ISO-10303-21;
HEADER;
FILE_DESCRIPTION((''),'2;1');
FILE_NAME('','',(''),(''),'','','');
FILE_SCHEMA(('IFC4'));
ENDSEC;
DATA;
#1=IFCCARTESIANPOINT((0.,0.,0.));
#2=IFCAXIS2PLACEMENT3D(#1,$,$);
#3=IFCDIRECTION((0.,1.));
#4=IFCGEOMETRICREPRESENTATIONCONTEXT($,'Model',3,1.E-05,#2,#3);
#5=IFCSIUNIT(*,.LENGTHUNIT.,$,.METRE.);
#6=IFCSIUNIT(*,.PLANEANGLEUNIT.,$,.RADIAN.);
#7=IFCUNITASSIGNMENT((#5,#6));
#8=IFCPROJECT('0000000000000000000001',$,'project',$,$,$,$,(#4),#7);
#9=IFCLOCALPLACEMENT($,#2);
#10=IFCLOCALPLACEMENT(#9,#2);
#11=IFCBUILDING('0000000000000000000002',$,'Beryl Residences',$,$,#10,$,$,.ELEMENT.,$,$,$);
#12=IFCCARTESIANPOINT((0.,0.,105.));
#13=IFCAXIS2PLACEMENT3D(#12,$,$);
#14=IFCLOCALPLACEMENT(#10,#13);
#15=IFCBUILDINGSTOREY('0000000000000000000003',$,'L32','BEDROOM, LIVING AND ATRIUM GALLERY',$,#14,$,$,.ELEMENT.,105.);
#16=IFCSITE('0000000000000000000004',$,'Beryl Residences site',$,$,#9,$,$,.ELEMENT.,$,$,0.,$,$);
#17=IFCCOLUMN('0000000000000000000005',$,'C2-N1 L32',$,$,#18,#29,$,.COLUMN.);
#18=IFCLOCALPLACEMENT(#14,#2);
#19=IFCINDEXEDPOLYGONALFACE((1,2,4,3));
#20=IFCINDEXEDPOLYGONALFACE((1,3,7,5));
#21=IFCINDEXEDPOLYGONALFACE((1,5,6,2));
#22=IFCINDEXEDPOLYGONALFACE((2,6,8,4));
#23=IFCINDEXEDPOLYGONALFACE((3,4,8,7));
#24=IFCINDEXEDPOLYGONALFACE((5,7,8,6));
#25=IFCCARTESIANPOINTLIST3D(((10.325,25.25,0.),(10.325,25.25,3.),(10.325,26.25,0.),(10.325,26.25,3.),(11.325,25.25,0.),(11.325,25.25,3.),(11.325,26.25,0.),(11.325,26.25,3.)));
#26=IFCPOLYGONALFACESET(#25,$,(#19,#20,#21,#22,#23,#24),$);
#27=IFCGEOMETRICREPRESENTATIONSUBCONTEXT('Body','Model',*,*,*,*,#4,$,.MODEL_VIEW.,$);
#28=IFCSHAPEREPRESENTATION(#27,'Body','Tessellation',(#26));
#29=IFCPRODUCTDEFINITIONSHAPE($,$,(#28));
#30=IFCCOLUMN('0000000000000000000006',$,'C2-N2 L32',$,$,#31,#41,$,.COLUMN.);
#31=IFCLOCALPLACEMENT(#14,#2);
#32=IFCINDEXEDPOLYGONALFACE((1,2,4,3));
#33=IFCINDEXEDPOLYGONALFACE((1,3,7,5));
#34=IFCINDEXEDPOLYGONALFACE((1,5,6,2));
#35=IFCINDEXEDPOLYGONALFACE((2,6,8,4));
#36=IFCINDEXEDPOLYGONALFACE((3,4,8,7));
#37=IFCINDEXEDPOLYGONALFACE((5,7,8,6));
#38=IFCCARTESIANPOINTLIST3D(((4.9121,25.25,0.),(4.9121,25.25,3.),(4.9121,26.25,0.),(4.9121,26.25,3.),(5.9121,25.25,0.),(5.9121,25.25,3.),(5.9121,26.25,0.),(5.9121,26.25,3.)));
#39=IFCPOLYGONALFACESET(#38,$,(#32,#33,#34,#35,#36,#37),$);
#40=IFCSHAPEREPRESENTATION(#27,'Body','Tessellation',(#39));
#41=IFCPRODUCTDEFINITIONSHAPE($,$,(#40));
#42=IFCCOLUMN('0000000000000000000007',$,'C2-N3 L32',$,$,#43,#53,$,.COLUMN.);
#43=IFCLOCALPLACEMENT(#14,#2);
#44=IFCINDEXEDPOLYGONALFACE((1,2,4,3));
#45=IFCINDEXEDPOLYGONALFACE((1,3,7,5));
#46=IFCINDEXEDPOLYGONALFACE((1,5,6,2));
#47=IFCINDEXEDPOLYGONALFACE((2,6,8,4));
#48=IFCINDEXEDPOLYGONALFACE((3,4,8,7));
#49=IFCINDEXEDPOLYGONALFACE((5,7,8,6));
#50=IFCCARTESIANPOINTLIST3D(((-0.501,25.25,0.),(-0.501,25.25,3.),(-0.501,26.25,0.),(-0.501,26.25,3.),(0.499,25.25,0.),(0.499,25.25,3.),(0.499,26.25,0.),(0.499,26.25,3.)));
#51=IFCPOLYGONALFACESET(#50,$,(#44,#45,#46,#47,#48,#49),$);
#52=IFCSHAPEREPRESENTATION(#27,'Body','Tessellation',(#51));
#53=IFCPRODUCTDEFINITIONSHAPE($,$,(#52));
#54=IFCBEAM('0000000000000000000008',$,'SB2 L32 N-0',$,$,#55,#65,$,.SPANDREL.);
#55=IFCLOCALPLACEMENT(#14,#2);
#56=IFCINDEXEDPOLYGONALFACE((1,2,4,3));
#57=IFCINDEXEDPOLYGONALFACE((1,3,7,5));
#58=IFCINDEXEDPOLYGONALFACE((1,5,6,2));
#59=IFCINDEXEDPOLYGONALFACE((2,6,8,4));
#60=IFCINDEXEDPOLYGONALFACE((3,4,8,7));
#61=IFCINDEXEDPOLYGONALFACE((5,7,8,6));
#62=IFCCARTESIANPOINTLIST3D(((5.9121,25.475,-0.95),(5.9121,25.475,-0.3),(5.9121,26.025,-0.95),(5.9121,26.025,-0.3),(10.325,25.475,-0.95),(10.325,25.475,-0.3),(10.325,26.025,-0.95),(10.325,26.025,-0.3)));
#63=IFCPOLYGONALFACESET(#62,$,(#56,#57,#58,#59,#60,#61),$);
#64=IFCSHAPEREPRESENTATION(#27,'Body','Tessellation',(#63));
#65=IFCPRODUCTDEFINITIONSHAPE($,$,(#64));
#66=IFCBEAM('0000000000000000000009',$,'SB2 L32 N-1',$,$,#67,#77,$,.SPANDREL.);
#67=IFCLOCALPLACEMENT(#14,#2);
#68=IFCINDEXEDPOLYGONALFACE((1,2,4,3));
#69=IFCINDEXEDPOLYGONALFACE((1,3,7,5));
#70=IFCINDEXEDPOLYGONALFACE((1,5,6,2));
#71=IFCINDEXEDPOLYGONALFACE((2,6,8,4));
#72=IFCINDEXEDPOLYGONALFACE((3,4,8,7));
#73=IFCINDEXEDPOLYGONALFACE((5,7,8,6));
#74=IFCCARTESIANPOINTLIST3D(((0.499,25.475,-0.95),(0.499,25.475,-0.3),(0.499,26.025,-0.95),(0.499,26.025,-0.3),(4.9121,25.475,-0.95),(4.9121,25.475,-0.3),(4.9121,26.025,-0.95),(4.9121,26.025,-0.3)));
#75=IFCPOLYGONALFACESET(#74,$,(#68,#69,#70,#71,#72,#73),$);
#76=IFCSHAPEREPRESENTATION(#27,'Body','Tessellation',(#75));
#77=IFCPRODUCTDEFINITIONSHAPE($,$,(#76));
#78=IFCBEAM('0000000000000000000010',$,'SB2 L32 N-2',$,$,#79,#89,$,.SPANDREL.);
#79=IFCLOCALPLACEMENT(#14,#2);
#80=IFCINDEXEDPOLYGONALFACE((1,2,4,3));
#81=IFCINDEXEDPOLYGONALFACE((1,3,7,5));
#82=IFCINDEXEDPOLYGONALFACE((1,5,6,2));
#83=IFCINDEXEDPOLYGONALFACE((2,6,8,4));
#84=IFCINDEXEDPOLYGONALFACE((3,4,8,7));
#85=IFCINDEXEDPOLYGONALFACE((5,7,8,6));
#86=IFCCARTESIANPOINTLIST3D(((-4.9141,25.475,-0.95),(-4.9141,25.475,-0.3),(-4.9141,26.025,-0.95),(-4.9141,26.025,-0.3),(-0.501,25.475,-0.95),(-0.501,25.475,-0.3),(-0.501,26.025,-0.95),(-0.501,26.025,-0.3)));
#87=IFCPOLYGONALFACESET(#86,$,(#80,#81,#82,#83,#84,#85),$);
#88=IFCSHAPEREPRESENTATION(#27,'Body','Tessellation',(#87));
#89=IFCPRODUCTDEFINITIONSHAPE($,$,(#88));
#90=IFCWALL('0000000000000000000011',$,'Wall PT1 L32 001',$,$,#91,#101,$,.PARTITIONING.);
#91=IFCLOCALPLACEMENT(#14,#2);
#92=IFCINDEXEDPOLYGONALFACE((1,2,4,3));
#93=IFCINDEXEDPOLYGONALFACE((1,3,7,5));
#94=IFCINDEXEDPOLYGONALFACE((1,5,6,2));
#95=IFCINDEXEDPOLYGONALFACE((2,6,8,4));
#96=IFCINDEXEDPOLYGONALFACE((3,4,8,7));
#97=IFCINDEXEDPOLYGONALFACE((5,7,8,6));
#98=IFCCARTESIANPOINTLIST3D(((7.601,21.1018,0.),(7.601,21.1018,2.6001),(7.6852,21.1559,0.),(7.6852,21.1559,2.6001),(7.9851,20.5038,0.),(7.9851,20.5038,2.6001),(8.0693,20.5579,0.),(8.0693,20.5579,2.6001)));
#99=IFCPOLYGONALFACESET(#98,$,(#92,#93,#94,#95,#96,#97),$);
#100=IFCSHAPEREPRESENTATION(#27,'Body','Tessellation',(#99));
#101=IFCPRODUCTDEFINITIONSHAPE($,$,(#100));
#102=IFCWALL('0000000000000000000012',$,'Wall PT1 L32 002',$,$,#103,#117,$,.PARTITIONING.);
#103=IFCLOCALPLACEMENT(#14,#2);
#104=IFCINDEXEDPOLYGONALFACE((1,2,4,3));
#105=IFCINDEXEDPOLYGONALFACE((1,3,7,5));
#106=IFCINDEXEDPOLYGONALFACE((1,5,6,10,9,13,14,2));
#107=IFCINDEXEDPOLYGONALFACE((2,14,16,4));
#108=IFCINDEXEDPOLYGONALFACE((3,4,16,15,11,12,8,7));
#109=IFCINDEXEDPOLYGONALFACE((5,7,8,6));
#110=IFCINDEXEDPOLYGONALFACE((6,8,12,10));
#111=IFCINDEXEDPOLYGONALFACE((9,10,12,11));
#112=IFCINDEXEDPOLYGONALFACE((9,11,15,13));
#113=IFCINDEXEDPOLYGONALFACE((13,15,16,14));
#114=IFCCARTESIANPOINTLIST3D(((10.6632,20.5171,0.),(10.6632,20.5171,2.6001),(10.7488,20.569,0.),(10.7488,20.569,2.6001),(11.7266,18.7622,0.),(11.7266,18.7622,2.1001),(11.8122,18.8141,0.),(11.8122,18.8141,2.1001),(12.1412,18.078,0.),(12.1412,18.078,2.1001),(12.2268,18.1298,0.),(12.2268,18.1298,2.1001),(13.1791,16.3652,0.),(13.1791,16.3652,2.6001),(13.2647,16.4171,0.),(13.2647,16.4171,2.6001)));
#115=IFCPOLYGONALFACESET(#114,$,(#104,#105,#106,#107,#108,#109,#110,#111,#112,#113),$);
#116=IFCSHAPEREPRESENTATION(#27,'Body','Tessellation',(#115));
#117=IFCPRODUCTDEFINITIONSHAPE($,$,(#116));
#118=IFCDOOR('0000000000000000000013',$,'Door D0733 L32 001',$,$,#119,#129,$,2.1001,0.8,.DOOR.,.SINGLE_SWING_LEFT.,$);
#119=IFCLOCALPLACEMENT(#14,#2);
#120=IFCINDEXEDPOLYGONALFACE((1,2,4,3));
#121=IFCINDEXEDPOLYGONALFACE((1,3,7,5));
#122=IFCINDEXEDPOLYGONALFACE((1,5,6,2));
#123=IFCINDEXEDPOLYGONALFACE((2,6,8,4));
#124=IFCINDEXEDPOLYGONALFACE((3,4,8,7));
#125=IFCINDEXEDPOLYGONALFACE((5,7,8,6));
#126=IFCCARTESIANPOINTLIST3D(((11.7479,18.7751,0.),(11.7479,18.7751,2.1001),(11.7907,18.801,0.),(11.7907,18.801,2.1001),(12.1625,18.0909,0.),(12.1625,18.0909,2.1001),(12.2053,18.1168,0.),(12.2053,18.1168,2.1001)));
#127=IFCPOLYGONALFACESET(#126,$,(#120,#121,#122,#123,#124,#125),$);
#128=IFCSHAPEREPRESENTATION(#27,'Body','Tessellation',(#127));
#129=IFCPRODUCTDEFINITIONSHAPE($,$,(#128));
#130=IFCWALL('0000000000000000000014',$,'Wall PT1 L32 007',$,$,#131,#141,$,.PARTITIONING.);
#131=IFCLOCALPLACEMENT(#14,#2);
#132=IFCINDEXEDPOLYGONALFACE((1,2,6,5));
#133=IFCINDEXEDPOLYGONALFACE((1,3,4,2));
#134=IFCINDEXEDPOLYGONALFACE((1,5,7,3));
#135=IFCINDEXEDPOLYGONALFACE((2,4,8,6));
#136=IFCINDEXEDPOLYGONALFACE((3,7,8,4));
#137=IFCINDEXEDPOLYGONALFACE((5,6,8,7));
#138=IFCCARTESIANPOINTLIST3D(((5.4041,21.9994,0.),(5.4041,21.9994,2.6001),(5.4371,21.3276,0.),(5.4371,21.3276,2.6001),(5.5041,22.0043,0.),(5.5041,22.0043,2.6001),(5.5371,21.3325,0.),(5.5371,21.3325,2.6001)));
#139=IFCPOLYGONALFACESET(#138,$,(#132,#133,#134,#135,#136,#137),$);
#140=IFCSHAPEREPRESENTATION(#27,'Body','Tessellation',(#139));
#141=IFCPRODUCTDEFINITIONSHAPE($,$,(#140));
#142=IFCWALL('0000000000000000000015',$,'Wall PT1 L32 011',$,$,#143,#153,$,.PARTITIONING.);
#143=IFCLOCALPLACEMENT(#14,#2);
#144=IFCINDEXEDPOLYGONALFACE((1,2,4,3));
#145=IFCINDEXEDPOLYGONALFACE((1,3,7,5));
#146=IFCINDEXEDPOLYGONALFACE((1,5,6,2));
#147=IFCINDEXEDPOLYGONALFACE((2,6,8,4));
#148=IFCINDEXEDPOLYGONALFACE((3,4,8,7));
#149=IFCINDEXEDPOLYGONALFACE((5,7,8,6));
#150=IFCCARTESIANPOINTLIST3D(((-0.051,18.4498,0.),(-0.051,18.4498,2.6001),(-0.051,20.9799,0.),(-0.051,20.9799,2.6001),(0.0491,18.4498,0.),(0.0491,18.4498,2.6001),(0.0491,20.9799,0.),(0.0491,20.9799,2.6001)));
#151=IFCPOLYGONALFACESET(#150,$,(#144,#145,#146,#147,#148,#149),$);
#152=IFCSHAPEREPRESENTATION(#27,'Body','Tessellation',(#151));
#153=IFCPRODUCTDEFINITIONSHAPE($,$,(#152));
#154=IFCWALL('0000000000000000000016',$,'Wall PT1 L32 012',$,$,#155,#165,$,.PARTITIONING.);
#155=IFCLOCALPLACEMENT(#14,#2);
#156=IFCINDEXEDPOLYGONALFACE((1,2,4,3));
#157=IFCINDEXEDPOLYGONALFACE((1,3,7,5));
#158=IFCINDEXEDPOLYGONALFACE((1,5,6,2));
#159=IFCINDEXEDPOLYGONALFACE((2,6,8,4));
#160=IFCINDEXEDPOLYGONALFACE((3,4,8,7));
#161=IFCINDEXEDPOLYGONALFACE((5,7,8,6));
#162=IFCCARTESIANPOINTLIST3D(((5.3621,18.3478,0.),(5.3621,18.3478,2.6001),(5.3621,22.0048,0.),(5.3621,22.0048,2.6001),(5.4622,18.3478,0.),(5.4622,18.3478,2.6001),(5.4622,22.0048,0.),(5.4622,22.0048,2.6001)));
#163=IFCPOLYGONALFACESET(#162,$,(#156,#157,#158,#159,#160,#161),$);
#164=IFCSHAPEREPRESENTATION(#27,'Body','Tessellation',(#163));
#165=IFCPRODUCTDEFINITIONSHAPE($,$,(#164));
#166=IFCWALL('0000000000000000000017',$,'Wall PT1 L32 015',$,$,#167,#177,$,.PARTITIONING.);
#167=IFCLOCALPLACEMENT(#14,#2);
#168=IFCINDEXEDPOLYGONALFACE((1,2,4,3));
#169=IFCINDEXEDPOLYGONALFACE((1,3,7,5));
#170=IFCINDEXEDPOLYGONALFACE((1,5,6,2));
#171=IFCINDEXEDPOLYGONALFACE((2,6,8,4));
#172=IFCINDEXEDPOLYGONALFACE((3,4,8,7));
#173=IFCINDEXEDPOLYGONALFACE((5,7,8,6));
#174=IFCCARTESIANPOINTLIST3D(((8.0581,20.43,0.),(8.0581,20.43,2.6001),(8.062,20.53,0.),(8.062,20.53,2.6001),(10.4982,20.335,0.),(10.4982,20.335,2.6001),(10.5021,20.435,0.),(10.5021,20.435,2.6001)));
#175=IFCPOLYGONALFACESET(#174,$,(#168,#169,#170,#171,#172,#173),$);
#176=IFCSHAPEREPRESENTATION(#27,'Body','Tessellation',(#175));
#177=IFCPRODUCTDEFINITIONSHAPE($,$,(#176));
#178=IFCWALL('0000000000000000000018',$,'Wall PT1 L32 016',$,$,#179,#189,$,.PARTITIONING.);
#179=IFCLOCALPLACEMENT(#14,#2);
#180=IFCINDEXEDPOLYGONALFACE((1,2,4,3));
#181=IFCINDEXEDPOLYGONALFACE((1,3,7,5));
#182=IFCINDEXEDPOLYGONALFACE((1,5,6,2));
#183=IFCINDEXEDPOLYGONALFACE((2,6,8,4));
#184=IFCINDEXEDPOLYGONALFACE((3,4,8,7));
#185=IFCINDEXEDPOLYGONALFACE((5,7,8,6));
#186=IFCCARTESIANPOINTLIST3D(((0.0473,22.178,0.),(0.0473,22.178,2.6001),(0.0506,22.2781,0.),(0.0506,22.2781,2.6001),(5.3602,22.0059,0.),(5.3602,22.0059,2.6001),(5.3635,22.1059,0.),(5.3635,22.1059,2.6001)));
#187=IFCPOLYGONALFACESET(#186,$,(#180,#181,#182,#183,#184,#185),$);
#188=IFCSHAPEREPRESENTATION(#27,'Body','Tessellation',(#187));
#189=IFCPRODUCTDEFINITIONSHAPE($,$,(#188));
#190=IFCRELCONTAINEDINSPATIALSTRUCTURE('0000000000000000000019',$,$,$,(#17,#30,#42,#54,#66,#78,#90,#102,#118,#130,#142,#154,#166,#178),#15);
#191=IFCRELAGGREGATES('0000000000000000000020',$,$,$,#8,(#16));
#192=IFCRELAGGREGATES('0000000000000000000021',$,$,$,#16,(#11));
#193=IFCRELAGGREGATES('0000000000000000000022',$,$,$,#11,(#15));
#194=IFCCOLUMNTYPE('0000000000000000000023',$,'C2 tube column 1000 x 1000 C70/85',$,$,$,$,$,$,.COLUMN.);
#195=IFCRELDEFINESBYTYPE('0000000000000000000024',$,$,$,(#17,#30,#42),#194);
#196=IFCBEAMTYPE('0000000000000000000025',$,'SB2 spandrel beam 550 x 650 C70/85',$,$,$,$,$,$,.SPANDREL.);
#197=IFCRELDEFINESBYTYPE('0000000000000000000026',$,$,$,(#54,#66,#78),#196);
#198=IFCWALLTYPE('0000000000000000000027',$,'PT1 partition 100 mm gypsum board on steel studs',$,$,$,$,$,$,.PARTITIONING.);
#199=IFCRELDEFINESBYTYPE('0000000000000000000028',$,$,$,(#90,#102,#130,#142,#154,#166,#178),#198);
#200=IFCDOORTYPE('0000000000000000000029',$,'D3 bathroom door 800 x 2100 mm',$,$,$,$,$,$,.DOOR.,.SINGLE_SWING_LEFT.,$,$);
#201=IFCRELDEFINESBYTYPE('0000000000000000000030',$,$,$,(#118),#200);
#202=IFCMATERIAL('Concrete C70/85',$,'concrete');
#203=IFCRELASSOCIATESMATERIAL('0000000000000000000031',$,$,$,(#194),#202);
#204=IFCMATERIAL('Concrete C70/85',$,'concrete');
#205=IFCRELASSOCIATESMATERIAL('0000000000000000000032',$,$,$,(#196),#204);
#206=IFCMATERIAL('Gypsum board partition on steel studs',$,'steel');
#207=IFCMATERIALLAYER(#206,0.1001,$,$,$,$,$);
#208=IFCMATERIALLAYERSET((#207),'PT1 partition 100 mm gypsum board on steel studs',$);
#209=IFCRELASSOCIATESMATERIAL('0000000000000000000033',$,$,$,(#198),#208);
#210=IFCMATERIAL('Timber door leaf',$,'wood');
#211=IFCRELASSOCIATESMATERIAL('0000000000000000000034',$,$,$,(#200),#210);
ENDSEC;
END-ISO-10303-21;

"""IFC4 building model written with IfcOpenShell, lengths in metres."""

from ifc_helpers import new_model, si_unit, direction, frame, frame_2d, origin, origin_2d, place, context, subcontext, project, spatial, rectangle, extrude, material, layer, layer_set, material_profile, profile_set, type_object, element, fill, save


model = new_model("IFC4")

# Units and contexts
model_context = context("Model", 3, precision=1e-05, world=origin(), true_north=direction((0.0, 1.0)))
body_context = subcontext(model_context, "Body", "Model", "MODEL_VIEW")
ifc_project = project(units=[si_unit("LENGTHUNIT", "METRE"), si_unit("PLANEANGLEUNIT", "RADIAN")], contexts=[model_context])

# Site, building, storey
site_placement = place(None, origin())
site = spatial("IfcSite", under=ifc_project, at=site_placement, Name="Beryl Residences site", CompositionType="ELEMENT", RefElevation=0.0)
building_placement = place(site_placement, origin())
building = spatial("IfcBuilding", under=site, at=building_placement, Name="Beryl Residences", CompositionType="ELEMENT")
storey_placement = place(building_placement, frame((0.0, 0.0, 105.0)))
storey = spatial("IfcBuildingStorey", under=building, at=storey_placement, Name="L32", Description="BEDROOM, LIVING AND ATRIUM GALLERY", CompositionType="ELEMENT", Elevation=105.0)

# Columns
ifc_material_1 = material(Name="Concrete C70/85", Category="concrete")
ifc_material_profile_1 = material_profile(ifc_material_1, rectangle(XDim=1.0, YDim=1.0, at=origin_2d()))
ifc_profile_set_1 = profile_set([ifc_material_profile_1], Name="Concrete C70/85")
column_type = type_object("IfcColumnType", Name="C2 tube column 1000 x 1000 C70/85", PredefinedType="COLUMN", material=ifc_profile_set_1)
for number, where, z_axis, x_axis, name in (
    (1, (10.825, 25.75, 0.0), (0.0, 0.0, 1.0), (-1.0, 0.0, 0.0), "C2-N1 L32"),
    (2, (5.4121, 25.75, 0.0), (0.0, 0.0, 1.0), (-1.0, 0.0, 0.0), "C2-N2 L32"),
    (3, (-0.001, 25.75, 0.0), (0.0, 0.0, 1.0), (-1.0, 0.0, 0.0), "C2-N3 L32"),
):
    element("IfcColumn", number, at=place(storey_placement, frame(where, z_axis=z_axis, x_axis=x_axis)), inside=storey, type_object=column_type, Name=name, PredefinedType="COLUMN", context=body_context, shape_type="SweptSolid", body=[
        extrude(rectangle(XDim=1.0, YDim=1.0, at=origin_2d()), origin(), (0.0, 0.0, 1.0), 3.0),
    ])

# Beams
ifc_material_2 = material(Name="Concrete C70/85", Category="concrete")
ifc_material_profile_2 = material_profile(ifc_material_2, rectangle(XDim=0.55, YDim=0.6499, at=origin_2d()))
ifc_profile_set_2 = profile_set([ifc_material_profile_2], Name="Concrete C70/85")
beam_type = type_object("IfcBeamType", Name="SB2 spandrel beam 550 x 650 C70/85", PredefinedType="SPANDREL", material=ifc_profile_set_2)
beam_placement = place(storey_placement, frame((10.325, 25.75, -0.625), z_axis=(-1.0, 0.0, 0.0), x_axis=(0.0, -1.0, 0.0)))
element("IfcBeam", 4, at=beam_placement, inside=storey, type_object=beam_type, Name="SB2 L32 N-0", PredefinedType="SPANDREL", context=body_context, shape_type="SweptSolid", body=[
    extrude(rectangle(XDim=0.55, YDim=0.6499, at=origin_2d()), origin(), (0.0, 0.0, 1.0), 4.4128),
])
for number, where, z_axis, x_axis, name in (
    (5, (4.9121, 25.75, -0.625), (-1.0, 0.0, 0.0), (0.0, -1.0, 0.0), "SB2 L32 N-1"),
    (6, (-0.501, 25.75, -0.625), (-1.0, 0.0, 0.0), (0.0, -1.0, 0.0), "SB2 L32 N-2"),
):
    element("IfcBeam", number, at=place(storey_placement, frame(where, z_axis=z_axis, x_axis=x_axis)), inside=storey, type_object=beam_type, Name=name, PredefinedType="SPANDREL", context=body_context, shape_type="SweptSolid", body=[
        extrude(rectangle(XDim=0.55, YDim=0.6499, at=origin_2d()), origin(), (0.0, 0.0, 1.0), 4.4131),
    ])

# Wall
ifc_material_3 = material(Name="Gypsum board partition on steel studs", Category="steel")
ifc_layer_1 = layer(ifc_material_3, 0.1001)
ifc_layer_set_1 = layer_set([ifc_layer_1], Name="PT1 partition 100 mm gypsum board on steel studs")
wall_type_1 = type_object("IfcWallType", Name="PT1 partition 100 mm gypsum board on steel studs", PredefinedType="PARTITIONING", material=ifc_layer_set_1)
wall_1_placement = place(storey_placement, frame((7.6431, 21.1289, 0.0), z_axis=(0.0, 0.0, 1.0), x_axis=(0.540428, -0.841391, 0.0)))
element("IfcWall", 7, at=wall_1_placement, inside=storey, type_object=wall_type_1, Name="Wall PT1 L32 001", PredefinedType="PARTITIONING", context=body_context, shape_type="SweptSolid", body=[
    extrude(rectangle(XDim=0.7107, YDim=0.1001, at=frame_2d((0.3555, 0.0))), origin(), (0.0, 0.0, 1.0), 2.6001),
])

# Wall, opening, door
wall_2_placement = place(storey_placement, frame((10.7061, 20.543, 0.0), z_axis=(0.0, 0.0, 1.0), x_axis=(0.51824, -0.855235, 0.0)))
wall_2 = element("IfcWall", 8, at=wall_2_placement, inside=storey, type_object=wall_type_1, Name="Wall PT1 L32 002", PredefinedType="PARTITIONING", context=body_context, shape_type="SweptSolid", body=[
    extrude(rectangle(XDim=4.8547, YDim=0.1001, at=frame_2d((2.4272, 0.0))), origin(), (0.0, 0.0, 1.0), 2.6001),
])
opening_1_placement = place(wall_2_placement, frame((2.052, 0.0, 0.0)))
opening_1 = element("IfcOpeningElement", 9, at=opening_1_placement, cuts=wall_2, PredefinedType="OPENING", context=body_context, shape_type="SweptSolid", body=[
    extrude(rectangle(XDim=0.8, YDim=2.1001, at=frame_2d((0.3999, 1.05))), frame((0.0, 0.0601, 0.0), z_axis=(0.0, -1.0, 0.0), x_axis=(1.0, 0.0, 0.0)), (0.0, 0.0, 1.0), 0.1201),
])
ifc_material_4 = material(Name="Timber door leaf", Category="wood")
door_type_1 = type_object("IfcDoorType", Name="D3 bathroom door 800 x 2100 mm", OperationType="SINGLE_SWING_LEFT", PredefinedType="DOOR", material=ifc_material_4)
door_1_placement = place(opening_1_placement, origin())
door_1 = element("IfcDoor", 10, at=door_1_placement, inside=storey, type_object=door_type_1, Name="Door D0733 L32 001", OperationType="SINGLE_SWING_LEFT", OverallHeight=2.1001, OverallWidth=0.8, PredefinedType="DOOR", context=body_context, shape_type="SweptSolid", body=[
    extrude(rectangle(XDim=0.8, YDim=2.1001, at=frame_2d((0.3999, 1.05))), frame((0.0, 0.0249, 0.0), z_axis=(0.0, -1.0, 0.0), x_axis=(1.0, 0.0, 0.0)), (0.0, 0.0, 1.0), 0.05),
])
fill(opening_1, door_1)

# Walls
wall_3_placement = place(storey_placement, frame((5.4541, 22.002, 0.0), z_axis=(0.0, 0.0, 1.0), x_axis=(0.048996, -0.998799, 0.0)))
element("IfcWall", 11, at=wall_3_placement, inside=storey, type_object=wall_type_1, Name="Wall PT1 L32 007", PredefinedType="PARTITIONING", context=body_context, shape_type="SweptSolid", body=[
    extrude(rectangle(XDim=0.6726, YDim=0.1001, at=frame_2d((0.3364, 0.0))), origin(), (0.0, 0.0, 1.0), 2.6001),
])
wall_4_placement = place(storey_placement, frame((-0.001, 20.98, 0.0), z_axis=(0.0, 0.0, 1.0), x_axis=(0.0, -1.0, 0.0)))
element("IfcWall", 12, at=wall_4_placement, inside=storey, type_object=wall_type_1, Name="Wall PT1 L32 011", PredefinedType="PARTITIONING", context=body_context, shape_type="SweptSolid", body=[
    extrude(rectangle(XDim=2.53, YDim=0.1001, at=frame_2d((1.2651, 0.0))), origin(), (0.0, 0.0, 1.0), 2.6001),
])
wall_5_placement = place(storey_placement, frame((5.4121, 22.0049, 0.0), z_axis=(0.0, 0.0, 1.0), x_axis=(0.0, -1.0, 0.0)))
element("IfcWall", 13, at=wall_5_placement, inside=storey, type_object=wall_type_1, Name="Wall PT1 L32 012", PredefinedType="PARTITIONING", context=body_context, shape_type="SweptSolid", body=[
    extrude(rectangle(XDim=3.657, YDim=0.1001, at=frame_2d((1.8286, 0.0))), origin(), (0.0, 0.0, 1.0), 2.6001),
])
wall_6_placement = place(storey_placement, frame((8.0601, 20.48, 0.0), z_axis=(0.0, 0.0, 1.0), x_axis=(0.999243, -0.038894, 0.0)))
element("IfcWall", 14, at=wall_6_placement, inside=storey, type_object=wall_type_1, Name="Wall PT1 L32 015", PredefinedType="PARTITIONING", context=body_context, shape_type="SweptSolid", body=[
    extrude(rectangle(XDim=2.4419, YDim=0.1001, at=frame_2d((1.2209, 0.0))), origin(), (0.0, 0.0, 1.0), 2.6001),
])
wall_7_placement = place(storey_placement, frame((0.0491, 22.228, 0.0), z_axis=(0.0, 0.0, 1.0), x_axis=(0.999476, -0.032379, 0.0)))
element("IfcWall", 15, at=wall_7_placement, inside=storey, type_object=wall_type_1, Name="Wall PT1 L32 016", PredefinedType="PARTITIONING", context=body_context, shape_type="SweptSolid", body=[
    extrude(rectangle(XDim=5.3157, YDim=0.1001, at=frame_2d((2.6577, 0.0))), origin(), (0.0, 0.0, 1.0), 2.6001),
])

save(model, "model.ifc")
